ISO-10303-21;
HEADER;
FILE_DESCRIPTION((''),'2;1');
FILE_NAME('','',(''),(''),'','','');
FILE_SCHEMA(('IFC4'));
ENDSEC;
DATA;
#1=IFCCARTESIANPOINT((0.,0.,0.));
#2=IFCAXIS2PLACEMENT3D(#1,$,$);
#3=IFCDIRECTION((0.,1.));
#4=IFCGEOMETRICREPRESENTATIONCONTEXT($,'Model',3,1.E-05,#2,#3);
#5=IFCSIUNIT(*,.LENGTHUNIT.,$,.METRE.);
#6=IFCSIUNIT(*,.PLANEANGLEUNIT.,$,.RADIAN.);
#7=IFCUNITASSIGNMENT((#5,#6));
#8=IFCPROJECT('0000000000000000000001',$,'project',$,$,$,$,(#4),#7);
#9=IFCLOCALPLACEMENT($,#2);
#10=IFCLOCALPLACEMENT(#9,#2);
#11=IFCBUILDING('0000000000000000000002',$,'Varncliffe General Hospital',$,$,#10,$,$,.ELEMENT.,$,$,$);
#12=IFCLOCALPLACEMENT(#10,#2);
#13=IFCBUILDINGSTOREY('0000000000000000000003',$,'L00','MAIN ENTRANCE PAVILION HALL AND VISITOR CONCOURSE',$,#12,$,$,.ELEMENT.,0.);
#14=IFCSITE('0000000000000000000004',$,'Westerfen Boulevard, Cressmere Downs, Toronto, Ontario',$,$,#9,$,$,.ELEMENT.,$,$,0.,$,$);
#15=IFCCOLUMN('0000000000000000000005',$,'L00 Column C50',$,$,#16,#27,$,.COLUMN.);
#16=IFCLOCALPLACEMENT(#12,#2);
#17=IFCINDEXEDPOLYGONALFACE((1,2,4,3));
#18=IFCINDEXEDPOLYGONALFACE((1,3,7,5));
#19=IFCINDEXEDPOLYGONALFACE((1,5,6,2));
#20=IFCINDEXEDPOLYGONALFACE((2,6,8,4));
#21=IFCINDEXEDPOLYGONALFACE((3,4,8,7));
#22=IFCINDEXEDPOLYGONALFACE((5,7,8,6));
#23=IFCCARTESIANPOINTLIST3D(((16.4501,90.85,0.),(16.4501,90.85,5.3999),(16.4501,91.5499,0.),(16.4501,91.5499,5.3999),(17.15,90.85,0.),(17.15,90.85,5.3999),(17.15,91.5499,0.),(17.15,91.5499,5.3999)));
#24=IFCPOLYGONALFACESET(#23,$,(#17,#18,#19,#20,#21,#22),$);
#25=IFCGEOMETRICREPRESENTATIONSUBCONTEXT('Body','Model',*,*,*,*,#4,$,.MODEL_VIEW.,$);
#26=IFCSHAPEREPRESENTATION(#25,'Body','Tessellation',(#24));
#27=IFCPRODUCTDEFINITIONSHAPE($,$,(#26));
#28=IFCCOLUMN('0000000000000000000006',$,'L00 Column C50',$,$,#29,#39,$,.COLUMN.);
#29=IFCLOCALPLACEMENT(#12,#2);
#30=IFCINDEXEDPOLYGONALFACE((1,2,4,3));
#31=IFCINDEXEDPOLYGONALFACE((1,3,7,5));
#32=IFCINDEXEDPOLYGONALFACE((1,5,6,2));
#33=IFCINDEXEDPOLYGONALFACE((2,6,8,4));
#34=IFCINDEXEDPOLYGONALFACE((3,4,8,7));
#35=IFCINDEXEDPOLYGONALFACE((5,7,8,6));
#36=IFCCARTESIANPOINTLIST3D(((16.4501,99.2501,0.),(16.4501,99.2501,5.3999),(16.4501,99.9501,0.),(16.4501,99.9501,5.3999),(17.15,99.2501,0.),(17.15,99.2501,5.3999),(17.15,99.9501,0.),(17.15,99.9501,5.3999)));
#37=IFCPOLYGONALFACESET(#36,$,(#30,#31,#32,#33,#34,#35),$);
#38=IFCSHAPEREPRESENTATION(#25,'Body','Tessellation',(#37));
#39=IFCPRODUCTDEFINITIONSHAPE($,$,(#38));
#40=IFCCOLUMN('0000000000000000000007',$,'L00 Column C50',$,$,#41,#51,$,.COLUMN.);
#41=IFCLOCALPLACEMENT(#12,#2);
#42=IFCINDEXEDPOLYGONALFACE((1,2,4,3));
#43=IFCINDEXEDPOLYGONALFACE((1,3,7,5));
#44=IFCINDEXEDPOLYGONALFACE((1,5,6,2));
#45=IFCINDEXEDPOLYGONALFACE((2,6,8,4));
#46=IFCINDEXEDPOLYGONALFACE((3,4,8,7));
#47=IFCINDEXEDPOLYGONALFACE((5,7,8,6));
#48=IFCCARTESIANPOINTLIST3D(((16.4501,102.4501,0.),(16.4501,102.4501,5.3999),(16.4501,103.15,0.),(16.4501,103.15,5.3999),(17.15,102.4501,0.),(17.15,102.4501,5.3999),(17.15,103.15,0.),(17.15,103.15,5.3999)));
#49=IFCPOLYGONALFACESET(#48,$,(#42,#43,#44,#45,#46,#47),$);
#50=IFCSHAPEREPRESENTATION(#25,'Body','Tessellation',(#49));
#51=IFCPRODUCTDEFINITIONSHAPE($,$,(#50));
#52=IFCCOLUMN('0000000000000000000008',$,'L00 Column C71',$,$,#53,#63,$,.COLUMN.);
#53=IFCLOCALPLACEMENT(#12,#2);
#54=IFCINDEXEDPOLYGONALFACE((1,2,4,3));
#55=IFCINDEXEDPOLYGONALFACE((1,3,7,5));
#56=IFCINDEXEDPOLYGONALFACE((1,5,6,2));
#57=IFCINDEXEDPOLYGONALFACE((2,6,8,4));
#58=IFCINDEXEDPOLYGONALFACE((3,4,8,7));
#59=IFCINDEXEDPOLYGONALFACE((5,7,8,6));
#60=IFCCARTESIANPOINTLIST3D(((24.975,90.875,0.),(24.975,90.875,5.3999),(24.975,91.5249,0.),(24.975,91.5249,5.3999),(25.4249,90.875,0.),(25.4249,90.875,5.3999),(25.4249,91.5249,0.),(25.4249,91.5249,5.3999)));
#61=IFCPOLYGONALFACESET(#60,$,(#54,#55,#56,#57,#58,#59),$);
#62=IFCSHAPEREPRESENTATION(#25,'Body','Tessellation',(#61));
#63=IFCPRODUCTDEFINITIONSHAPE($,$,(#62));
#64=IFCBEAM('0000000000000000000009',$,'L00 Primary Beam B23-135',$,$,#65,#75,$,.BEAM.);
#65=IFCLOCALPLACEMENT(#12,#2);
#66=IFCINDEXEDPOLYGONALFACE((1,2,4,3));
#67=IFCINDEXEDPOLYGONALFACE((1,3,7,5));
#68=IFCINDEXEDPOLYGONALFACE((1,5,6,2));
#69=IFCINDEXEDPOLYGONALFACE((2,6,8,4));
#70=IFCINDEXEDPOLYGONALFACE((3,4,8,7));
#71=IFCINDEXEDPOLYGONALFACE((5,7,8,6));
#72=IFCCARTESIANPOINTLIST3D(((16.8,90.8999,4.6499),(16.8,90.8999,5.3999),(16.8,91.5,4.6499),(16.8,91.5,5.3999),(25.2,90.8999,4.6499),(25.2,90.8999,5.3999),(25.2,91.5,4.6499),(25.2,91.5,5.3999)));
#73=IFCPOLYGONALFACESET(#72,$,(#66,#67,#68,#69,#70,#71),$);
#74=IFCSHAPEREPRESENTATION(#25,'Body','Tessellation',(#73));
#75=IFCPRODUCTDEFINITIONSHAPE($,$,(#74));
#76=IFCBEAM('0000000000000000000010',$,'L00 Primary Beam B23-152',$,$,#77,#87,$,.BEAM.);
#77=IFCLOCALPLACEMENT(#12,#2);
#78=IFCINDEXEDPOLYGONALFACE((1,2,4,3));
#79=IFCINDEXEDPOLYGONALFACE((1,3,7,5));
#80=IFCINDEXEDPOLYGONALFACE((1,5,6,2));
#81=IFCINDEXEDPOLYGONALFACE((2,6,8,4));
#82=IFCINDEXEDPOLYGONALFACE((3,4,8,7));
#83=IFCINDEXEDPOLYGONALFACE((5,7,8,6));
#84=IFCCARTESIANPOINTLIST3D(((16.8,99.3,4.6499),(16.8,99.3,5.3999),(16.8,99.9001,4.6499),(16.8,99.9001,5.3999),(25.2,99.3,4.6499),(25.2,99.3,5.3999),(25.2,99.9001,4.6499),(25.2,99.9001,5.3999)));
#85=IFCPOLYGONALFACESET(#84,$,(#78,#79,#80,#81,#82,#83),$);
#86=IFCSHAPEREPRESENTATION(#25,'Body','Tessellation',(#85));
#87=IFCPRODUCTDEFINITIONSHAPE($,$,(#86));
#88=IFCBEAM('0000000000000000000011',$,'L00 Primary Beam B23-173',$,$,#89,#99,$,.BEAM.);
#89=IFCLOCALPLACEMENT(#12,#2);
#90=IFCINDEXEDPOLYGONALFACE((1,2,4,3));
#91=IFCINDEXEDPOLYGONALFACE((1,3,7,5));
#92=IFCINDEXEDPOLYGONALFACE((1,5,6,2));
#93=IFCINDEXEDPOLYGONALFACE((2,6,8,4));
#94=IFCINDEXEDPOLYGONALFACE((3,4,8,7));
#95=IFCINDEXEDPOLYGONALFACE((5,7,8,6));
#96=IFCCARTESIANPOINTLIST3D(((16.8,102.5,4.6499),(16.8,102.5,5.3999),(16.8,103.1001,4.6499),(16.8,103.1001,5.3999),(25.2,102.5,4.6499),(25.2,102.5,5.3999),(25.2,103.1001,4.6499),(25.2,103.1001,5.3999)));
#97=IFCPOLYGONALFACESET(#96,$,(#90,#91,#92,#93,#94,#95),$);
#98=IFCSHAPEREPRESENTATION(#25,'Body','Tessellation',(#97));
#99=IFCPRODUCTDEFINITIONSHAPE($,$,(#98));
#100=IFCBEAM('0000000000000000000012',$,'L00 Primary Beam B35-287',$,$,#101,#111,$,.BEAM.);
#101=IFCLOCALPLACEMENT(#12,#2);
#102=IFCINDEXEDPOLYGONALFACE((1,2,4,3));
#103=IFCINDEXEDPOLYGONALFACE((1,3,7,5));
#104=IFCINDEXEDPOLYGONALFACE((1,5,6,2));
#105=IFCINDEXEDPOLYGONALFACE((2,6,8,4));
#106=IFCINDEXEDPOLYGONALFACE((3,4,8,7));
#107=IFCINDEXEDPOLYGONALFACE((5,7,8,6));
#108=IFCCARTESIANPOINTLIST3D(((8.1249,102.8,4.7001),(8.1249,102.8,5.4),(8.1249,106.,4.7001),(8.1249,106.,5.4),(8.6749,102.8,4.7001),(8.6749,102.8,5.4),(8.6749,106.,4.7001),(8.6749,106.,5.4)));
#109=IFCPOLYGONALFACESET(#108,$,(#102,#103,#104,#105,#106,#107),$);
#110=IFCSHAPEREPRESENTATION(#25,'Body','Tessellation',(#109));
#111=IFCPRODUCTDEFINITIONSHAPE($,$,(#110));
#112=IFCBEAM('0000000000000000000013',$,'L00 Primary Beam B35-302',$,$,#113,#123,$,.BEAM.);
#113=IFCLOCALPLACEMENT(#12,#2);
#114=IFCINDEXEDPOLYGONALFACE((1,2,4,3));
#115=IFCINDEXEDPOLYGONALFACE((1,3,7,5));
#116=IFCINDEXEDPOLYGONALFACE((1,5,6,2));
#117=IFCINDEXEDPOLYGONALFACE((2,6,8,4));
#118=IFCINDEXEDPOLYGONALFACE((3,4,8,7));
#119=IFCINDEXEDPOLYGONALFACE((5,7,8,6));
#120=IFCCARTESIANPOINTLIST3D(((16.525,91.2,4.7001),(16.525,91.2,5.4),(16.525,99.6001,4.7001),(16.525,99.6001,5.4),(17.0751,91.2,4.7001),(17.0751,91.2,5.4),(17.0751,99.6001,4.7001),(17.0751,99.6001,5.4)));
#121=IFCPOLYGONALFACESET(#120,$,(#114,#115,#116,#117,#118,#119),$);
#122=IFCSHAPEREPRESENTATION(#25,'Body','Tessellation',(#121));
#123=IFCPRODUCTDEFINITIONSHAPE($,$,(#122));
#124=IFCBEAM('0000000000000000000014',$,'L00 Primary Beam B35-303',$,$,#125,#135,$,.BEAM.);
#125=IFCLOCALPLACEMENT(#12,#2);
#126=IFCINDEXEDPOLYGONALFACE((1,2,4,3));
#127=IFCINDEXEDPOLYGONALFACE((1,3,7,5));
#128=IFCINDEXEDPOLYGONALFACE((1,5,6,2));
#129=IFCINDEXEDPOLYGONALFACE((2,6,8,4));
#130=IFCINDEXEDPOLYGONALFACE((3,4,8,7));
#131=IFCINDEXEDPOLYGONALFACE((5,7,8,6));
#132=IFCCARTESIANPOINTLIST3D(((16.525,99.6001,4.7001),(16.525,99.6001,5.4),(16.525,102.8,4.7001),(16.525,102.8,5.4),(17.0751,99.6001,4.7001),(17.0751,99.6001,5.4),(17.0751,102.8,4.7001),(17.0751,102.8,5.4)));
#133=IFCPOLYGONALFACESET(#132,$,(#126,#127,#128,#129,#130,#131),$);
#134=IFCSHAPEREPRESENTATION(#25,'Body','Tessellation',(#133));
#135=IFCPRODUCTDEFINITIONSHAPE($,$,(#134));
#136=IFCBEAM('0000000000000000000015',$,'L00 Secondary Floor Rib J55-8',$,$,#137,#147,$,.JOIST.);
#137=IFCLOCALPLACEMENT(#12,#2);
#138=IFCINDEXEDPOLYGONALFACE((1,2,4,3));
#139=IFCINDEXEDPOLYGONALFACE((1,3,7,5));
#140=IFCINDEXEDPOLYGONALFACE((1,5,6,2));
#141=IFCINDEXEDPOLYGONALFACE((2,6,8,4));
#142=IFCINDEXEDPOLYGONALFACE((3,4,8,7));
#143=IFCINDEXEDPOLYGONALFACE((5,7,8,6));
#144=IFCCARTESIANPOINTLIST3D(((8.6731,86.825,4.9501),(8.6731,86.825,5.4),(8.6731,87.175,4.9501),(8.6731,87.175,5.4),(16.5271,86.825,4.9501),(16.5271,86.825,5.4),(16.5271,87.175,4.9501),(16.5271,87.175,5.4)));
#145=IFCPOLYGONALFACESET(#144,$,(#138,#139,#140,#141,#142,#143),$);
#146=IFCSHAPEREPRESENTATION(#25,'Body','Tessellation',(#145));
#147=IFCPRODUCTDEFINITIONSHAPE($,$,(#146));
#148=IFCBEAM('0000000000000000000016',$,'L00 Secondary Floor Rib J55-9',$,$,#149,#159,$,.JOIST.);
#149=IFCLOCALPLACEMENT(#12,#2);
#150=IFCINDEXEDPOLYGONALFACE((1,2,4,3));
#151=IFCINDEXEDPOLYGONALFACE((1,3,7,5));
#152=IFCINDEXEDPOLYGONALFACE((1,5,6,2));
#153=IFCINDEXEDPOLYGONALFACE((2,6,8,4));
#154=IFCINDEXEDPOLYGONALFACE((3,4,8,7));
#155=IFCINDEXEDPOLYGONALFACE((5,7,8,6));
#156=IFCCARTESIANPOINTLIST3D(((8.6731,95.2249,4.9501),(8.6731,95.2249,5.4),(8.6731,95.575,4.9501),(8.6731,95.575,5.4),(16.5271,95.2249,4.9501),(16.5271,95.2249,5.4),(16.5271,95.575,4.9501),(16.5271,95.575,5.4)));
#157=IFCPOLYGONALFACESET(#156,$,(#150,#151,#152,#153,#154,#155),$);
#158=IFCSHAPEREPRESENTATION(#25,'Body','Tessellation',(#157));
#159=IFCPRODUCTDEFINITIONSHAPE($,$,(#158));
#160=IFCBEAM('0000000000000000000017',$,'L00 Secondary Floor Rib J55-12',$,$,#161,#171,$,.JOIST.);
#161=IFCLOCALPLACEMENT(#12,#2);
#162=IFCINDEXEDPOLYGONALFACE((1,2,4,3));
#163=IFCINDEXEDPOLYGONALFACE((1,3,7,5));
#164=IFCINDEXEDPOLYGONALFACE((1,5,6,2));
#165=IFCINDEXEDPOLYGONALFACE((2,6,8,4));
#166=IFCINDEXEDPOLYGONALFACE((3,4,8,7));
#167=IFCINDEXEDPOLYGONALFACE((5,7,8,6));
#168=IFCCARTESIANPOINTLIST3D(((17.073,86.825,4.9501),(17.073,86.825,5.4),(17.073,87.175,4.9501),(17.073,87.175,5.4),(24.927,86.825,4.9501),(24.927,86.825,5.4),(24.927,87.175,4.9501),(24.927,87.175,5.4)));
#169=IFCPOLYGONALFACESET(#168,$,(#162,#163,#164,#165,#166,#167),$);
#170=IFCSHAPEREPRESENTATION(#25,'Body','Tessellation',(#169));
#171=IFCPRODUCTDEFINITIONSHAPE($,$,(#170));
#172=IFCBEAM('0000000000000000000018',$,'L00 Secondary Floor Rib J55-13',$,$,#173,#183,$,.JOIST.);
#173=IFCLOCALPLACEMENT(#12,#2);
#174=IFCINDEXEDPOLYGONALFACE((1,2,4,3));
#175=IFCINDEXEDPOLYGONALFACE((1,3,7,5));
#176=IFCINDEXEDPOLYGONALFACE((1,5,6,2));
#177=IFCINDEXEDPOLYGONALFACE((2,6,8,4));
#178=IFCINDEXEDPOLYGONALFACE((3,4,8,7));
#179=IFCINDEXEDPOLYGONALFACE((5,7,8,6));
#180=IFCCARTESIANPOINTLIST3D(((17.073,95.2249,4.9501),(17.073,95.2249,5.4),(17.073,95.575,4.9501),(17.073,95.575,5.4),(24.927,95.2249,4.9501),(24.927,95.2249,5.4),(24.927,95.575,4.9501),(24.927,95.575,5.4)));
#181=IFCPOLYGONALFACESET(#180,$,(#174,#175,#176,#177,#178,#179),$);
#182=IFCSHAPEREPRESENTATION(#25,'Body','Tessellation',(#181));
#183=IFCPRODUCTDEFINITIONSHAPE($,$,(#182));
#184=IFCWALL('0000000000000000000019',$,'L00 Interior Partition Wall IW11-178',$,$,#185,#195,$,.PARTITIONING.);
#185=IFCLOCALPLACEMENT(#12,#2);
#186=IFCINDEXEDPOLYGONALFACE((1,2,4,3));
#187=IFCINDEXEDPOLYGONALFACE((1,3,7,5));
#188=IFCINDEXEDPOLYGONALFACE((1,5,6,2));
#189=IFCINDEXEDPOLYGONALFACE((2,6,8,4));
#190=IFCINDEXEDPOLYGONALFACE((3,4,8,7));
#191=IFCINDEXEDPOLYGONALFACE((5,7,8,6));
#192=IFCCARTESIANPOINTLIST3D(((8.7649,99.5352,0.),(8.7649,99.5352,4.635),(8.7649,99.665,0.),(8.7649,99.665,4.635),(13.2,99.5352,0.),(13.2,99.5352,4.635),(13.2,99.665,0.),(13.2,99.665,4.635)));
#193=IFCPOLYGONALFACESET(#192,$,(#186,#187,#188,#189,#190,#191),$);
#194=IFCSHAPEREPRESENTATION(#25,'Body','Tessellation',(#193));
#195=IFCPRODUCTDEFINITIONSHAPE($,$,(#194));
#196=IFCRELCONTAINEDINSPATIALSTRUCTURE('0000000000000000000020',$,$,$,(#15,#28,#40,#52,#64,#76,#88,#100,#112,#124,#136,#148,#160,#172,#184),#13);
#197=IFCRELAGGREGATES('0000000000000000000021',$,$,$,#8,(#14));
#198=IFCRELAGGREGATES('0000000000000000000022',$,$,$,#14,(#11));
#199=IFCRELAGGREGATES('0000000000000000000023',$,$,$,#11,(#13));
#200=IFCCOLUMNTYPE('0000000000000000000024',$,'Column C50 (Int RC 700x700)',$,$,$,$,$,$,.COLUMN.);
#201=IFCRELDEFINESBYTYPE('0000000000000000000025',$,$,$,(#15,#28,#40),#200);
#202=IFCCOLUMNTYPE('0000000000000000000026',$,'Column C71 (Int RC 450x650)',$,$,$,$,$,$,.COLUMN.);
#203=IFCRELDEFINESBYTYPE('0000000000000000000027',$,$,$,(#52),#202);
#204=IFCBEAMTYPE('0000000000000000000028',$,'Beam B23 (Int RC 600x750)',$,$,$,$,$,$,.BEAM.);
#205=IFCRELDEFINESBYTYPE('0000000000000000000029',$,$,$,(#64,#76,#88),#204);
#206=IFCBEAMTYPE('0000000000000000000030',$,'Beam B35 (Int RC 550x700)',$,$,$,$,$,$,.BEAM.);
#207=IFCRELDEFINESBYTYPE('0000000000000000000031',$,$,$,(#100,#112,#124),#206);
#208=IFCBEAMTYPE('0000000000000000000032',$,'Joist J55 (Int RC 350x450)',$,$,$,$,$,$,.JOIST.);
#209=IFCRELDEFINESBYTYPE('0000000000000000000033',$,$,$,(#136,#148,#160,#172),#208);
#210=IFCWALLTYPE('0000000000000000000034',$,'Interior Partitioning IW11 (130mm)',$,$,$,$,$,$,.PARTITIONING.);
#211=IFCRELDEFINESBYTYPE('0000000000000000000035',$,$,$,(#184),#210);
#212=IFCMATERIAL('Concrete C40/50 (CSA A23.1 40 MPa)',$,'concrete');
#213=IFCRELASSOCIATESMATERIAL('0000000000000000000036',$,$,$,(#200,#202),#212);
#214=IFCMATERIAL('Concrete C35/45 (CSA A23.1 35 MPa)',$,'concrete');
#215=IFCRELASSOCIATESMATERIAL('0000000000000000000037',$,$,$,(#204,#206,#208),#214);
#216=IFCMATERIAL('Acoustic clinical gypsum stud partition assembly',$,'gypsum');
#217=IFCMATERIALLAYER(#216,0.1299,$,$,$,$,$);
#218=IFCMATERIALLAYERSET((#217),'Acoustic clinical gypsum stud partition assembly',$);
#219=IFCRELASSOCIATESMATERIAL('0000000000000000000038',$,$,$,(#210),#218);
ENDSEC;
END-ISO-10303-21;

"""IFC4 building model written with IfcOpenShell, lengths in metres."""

from ifc_helpers import new_model, si_unit, direction, frame, frame_2d, origin, origin_2d, place, context, subcontext, project, spatial, rectangle, extrude, material, layer, layer_set, material_profile, profile_set, type_object, element, save


model = new_model("IFC4")

# Units and contexts
model_context = context("Model", 3, precision=1e-05, world=origin(), true_north=direction((0.0, 1.0)))
body_context = subcontext(model_context, "Body", "Model", "MODEL_VIEW")
ifc_project = project(units=[si_unit("LENGTHUNIT", "METRE"), si_unit("PLANEANGLEUNIT", "RADIAN")], contexts=[model_context])

# Site, building, storey
site_placement = place(None, origin())
site = spatial("IfcSite", under=ifc_project, at=site_placement, Name="Westerfen Boulevard, Cressmere Downs, Toronto, Ontario", CompositionType="ELEMENT", RefElevation=0.0)
building_placement = place(site_placement, origin())
building = spatial("IfcBuilding", under=site, at=building_placement, Name="Varncliffe General Hospital", CompositionType="ELEMENT")
storey_placement = place(building_placement, origin())
storey = spatial("IfcBuildingStorey", under=building, at=storey_placement, Name="L00", Description="MAIN ENTRANCE PAVILION HALL AND VISITOR CONCOURSE", CompositionType="ELEMENT", Elevation=0.0)

# Columns
ifc_material_1 = material(Name="Concrete C40/50 (CSA A23.1 40 MPa)", Category="concrete")
ifc_material_profile_1 = material_profile(ifc_material_1, rectangle(XDim=0.7, YDim=0.7, at=origin_2d()), Name="RC 700x700")
ifc_profile_set_1 = profile_set([ifc_material_profile_1], Name="Concrete C40/50 (CSA A23.1 40 MPa)")
column_type_1 = type_object("IfcColumnType", Name="Column C50 (Int RC 700x700)", PredefinedType="COLUMN", material=ifc_profile_set_1)
for number, where, z_axis, x_axis, name in (
    (1, (16.8, 91.2, 0.0), (0.0, 0.0, 1.0), (1.0, 0.0, 0.0), "L00 Column C50"),
    (2, (16.8, 99.6001, 0.0), (0.0, 0.0, 1.0), (1.0, 0.0, 0.0), "L00 Column C50"),
    (3, (16.8, 102.8, 0.0), (0.0, 0.0, 1.0), (1.0, 0.0, 0.0), "L00 Column C50"),
):
    element("IfcColumn", number, at=place(storey_placement, frame(where, z_axis=z_axis, x_axis=x_axis)), inside=storey, type_object=column_type_1, Name=name, PredefinedType="COLUMN", context=body_context, shape_type="SweptSolid", body=[
        extrude(rectangle(XDim=0.7, YDim=0.7, at=origin_2d()), origin(), (0.0, 0.0, 1.0), 5.3999),
    ])
ifc_material_profile_2 = material_profile(ifc_material_1, rectangle(XDim=0.45, YDim=0.6499, at=origin_2d()), Name="RC 450x650")
ifc_profile_set_2 = profile_set([ifc_material_profile_2], Name="Concrete C40/50 (CSA A23.1 40 MPa)")
column_type_2 = type_object("IfcColumnType", Name="Column C71 (Int RC 450x650)", PredefinedType="COLUMN", material=ifc_profile_set_2)
column_placement = place(storey_placement, frame((25.2, 91.2, 0.0), z_axis=(0.0, 0.0, 1.0), x_axis=(1.0, 0.0, 0.0)))
element("IfcColumn", 4, at=column_placement, inside=storey, type_object=column_type_2, Name="L00 Column C71", PredefinedType="COLUMN", context=body_context, shape_type="SweptSolid", body=[
    extrude(rectangle(XDim=0.45, YDim=0.6499, at=origin_2d()), origin(), (0.0, 0.0, 1.0), 5.3999),
])

# Beams
ifc_material_2 = material(Name="Concrete C35/45 (CSA A23.1 35 MPa)", Category="concrete")
ifc_material_profile_3 = material_profile(ifc_material_2, rectangle(XDim=0.6001, YDim=0.75, at=origin_2d()), Name="RC 600x750")
ifc_profile_set_3 = profile_set([ifc_material_profile_3], Name="Concrete C35/45 (CSA A23.1 35 MPa)")
beam_type_1 = type_object("IfcBeamType", Name="Beam B23 (Int RC 600x750)", PredefinedType="BEAM", material=ifc_profile_set_3)
for number, where, z_axis, x_axis, name in (
    (5, (16.8, 91.2, 5.0249), (1.0, 0.0, 0.0), (0.0, 1.0, 0.0), "L00 Primary Beam B23-135"),
    (6, (16.8, 99.6001, 5.0249), (1.0, 0.0, 0.0), (0.0, 1.0, 0.0), "L00 Primary Beam B23-152"),
    (7, (16.8, 102.8, 5.0249), (1.0, 0.0, 0.0), (0.0, 1.0, 0.0), "L00 Primary Beam B23-173"),
):
    element("IfcBeam", number, at=place(storey_placement, frame(where, z_axis=z_axis, x_axis=x_axis)), inside=storey, type_object=beam_type_1, Name=name, PredefinedType="BEAM", context=body_context, shape_type="SweptSolid", body=[
        extrude(rectangle(XDim=0.6001, YDim=0.75, at=origin_2d()), origin(), (0.0, 0.0, 1.0), 8.3999),
    ])
ifc_material_profile_4 = material_profile(ifc_material_2, rectangle(XDim=0.55, YDim=0.7, at=origin_2d()), Name="RC 550x700")
ifc_profile_set_4 = profile_set([ifc_material_profile_4], Name="Concrete C35/45 (CSA A23.1 35 MPa)")
beam_type_2 = type_object("IfcBeamType", Name="Beam B35 (Int RC 550x700)", PredefinedType="BEAM", material=ifc_profile_set_4)
beam_1_placement = place(storey_placement, frame((8.3999, 102.8, 5.05), z_axis=(0.0, 1.0, 0.0), x_axis=(-1.0, 0.0, 0.0)))
element("IfcBeam", 8, at=beam_1_placement, inside=storey, type_object=beam_type_2, Name="L00 Primary Beam B35-287", PredefinedType="BEAM", context=body_context, shape_type="SweptSolid", body=[
    extrude(rectangle(XDim=0.55, YDim=0.7, at=origin_2d()), origin(), (0.0, 0.0, 1.0), 3.2),
])
beam_2_placement = place(storey_placement, frame((16.8, 91.2, 5.05), z_axis=(0.0, 1.0, 0.0), x_axis=(-1.0, 0.0, 0.0)))
element("IfcBeam", 9, at=beam_2_placement, inside=storey, type_object=beam_type_2, Name="L00 Primary Beam B35-302", PredefinedType="BEAM", context=body_context, shape_type="SweptSolid", body=[
    extrude(rectangle(XDim=0.55, YDim=0.7, at=origin_2d()), origin(), (0.0, 0.0, 1.0), 8.4001),
])
beam_3_placement = place(storey_placement, frame((16.8, 99.6001, 5.05), z_axis=(0.0, 1.0, 0.0), x_axis=(-1.0, 0.0, 0.0)))
element("IfcBeam", 10, at=beam_3_placement, inside=storey, type_object=beam_type_2, Name="L00 Primary Beam B35-303", PredefinedType="BEAM", context=body_context, shape_type="SweptSolid", body=[
    extrude(rectangle(XDim=0.55, YDim=0.7, at=origin_2d()), origin(), (0.0, 0.0, 1.0), 3.2),
])
ifc_material_profile_5 = material_profile(ifc_material_2, rectangle(XDim=0.3501, YDim=0.45, at=origin_2d()), Name="RC 350x450")
ifc_profile_set_5 = profile_set([ifc_material_profile_5], Name="Concrete C35/45 (CSA A23.1 35 MPa)")
beam_type_3 = type_object("IfcBeamType", Name="Joist J55 (Int RC 350x450)", PredefinedType="JOIST", material=ifc_profile_set_5)
for number, where, z_axis, x_axis, name in (
    (11, (8.6731, 87.0, 5.175), (1.0, 0.0, 0.0), (0.0, 1.0, 0.0), "L00 Secondary Floor Rib J55-8"),
    (12, (8.6731, 95.3999, 5.175), (1.0, 0.0, 0.0), (0.0, 1.0, 0.0), "L00 Secondary Floor Rib J55-9"),
    (13, (17.073, 87.0, 5.175), (1.0, 0.0, 0.0), (0.0, 1.0, 0.0), "L00 Secondary Floor Rib J55-12"),
    (14, (17.073, 95.3999, 5.175), (1.0, 0.0, 0.0), (0.0, 1.0, 0.0), "L00 Secondary Floor Rib J55-13"),
):
    element("IfcBeam", number, at=place(storey_placement, frame(where, z_axis=z_axis, x_axis=x_axis)), inside=storey, type_object=beam_type_3, Name=name, PredefinedType="JOIST", context=body_context, shape_type="SweptSolid", body=[
        extrude(rectangle(XDim=0.3501, YDim=0.45, at=origin_2d()), origin(), (0.0, 0.0, 1.0), 7.854),
    ])

# Wall
ifc_material_3 = material(Name="Acoustic clinical gypsum stud partition assembly", Category="gypsum")
ifc_layer_1 = layer(ifc_material_3, 0.1299)
ifc_layer_set_1 = layer_set([ifc_layer_1], Name="Acoustic clinical gypsum stud partition assembly")
wall_type_1 = type_object("IfcWallType", Name="Interior Partitioning IW11 (130mm)", PredefinedType="PARTITIONING", material=ifc_layer_set_1)
wall_1_placement = place(storey_placement, frame((8.7649, 99.6001, 0.0), z_axis=(0.0, 0.0, 1.0), x_axis=(1.0, 0.0, 0.0)))
element("IfcWall", 15, at=wall_1_placement, inside=storey, type_object=wall_type_1, Name="L00 Interior Partition Wall IW11-178", PredefinedType="PARTITIONING", context=body_context, shape_type="SweptSolid", body=[
    extrude(rectangle(XDim=4.4351, YDim=0.1299, at=frame_2d((2.2175, 0.0))), origin(), (0.0, 0.0, 1.0), 4.635),
])

save(model, "model.ifc")
